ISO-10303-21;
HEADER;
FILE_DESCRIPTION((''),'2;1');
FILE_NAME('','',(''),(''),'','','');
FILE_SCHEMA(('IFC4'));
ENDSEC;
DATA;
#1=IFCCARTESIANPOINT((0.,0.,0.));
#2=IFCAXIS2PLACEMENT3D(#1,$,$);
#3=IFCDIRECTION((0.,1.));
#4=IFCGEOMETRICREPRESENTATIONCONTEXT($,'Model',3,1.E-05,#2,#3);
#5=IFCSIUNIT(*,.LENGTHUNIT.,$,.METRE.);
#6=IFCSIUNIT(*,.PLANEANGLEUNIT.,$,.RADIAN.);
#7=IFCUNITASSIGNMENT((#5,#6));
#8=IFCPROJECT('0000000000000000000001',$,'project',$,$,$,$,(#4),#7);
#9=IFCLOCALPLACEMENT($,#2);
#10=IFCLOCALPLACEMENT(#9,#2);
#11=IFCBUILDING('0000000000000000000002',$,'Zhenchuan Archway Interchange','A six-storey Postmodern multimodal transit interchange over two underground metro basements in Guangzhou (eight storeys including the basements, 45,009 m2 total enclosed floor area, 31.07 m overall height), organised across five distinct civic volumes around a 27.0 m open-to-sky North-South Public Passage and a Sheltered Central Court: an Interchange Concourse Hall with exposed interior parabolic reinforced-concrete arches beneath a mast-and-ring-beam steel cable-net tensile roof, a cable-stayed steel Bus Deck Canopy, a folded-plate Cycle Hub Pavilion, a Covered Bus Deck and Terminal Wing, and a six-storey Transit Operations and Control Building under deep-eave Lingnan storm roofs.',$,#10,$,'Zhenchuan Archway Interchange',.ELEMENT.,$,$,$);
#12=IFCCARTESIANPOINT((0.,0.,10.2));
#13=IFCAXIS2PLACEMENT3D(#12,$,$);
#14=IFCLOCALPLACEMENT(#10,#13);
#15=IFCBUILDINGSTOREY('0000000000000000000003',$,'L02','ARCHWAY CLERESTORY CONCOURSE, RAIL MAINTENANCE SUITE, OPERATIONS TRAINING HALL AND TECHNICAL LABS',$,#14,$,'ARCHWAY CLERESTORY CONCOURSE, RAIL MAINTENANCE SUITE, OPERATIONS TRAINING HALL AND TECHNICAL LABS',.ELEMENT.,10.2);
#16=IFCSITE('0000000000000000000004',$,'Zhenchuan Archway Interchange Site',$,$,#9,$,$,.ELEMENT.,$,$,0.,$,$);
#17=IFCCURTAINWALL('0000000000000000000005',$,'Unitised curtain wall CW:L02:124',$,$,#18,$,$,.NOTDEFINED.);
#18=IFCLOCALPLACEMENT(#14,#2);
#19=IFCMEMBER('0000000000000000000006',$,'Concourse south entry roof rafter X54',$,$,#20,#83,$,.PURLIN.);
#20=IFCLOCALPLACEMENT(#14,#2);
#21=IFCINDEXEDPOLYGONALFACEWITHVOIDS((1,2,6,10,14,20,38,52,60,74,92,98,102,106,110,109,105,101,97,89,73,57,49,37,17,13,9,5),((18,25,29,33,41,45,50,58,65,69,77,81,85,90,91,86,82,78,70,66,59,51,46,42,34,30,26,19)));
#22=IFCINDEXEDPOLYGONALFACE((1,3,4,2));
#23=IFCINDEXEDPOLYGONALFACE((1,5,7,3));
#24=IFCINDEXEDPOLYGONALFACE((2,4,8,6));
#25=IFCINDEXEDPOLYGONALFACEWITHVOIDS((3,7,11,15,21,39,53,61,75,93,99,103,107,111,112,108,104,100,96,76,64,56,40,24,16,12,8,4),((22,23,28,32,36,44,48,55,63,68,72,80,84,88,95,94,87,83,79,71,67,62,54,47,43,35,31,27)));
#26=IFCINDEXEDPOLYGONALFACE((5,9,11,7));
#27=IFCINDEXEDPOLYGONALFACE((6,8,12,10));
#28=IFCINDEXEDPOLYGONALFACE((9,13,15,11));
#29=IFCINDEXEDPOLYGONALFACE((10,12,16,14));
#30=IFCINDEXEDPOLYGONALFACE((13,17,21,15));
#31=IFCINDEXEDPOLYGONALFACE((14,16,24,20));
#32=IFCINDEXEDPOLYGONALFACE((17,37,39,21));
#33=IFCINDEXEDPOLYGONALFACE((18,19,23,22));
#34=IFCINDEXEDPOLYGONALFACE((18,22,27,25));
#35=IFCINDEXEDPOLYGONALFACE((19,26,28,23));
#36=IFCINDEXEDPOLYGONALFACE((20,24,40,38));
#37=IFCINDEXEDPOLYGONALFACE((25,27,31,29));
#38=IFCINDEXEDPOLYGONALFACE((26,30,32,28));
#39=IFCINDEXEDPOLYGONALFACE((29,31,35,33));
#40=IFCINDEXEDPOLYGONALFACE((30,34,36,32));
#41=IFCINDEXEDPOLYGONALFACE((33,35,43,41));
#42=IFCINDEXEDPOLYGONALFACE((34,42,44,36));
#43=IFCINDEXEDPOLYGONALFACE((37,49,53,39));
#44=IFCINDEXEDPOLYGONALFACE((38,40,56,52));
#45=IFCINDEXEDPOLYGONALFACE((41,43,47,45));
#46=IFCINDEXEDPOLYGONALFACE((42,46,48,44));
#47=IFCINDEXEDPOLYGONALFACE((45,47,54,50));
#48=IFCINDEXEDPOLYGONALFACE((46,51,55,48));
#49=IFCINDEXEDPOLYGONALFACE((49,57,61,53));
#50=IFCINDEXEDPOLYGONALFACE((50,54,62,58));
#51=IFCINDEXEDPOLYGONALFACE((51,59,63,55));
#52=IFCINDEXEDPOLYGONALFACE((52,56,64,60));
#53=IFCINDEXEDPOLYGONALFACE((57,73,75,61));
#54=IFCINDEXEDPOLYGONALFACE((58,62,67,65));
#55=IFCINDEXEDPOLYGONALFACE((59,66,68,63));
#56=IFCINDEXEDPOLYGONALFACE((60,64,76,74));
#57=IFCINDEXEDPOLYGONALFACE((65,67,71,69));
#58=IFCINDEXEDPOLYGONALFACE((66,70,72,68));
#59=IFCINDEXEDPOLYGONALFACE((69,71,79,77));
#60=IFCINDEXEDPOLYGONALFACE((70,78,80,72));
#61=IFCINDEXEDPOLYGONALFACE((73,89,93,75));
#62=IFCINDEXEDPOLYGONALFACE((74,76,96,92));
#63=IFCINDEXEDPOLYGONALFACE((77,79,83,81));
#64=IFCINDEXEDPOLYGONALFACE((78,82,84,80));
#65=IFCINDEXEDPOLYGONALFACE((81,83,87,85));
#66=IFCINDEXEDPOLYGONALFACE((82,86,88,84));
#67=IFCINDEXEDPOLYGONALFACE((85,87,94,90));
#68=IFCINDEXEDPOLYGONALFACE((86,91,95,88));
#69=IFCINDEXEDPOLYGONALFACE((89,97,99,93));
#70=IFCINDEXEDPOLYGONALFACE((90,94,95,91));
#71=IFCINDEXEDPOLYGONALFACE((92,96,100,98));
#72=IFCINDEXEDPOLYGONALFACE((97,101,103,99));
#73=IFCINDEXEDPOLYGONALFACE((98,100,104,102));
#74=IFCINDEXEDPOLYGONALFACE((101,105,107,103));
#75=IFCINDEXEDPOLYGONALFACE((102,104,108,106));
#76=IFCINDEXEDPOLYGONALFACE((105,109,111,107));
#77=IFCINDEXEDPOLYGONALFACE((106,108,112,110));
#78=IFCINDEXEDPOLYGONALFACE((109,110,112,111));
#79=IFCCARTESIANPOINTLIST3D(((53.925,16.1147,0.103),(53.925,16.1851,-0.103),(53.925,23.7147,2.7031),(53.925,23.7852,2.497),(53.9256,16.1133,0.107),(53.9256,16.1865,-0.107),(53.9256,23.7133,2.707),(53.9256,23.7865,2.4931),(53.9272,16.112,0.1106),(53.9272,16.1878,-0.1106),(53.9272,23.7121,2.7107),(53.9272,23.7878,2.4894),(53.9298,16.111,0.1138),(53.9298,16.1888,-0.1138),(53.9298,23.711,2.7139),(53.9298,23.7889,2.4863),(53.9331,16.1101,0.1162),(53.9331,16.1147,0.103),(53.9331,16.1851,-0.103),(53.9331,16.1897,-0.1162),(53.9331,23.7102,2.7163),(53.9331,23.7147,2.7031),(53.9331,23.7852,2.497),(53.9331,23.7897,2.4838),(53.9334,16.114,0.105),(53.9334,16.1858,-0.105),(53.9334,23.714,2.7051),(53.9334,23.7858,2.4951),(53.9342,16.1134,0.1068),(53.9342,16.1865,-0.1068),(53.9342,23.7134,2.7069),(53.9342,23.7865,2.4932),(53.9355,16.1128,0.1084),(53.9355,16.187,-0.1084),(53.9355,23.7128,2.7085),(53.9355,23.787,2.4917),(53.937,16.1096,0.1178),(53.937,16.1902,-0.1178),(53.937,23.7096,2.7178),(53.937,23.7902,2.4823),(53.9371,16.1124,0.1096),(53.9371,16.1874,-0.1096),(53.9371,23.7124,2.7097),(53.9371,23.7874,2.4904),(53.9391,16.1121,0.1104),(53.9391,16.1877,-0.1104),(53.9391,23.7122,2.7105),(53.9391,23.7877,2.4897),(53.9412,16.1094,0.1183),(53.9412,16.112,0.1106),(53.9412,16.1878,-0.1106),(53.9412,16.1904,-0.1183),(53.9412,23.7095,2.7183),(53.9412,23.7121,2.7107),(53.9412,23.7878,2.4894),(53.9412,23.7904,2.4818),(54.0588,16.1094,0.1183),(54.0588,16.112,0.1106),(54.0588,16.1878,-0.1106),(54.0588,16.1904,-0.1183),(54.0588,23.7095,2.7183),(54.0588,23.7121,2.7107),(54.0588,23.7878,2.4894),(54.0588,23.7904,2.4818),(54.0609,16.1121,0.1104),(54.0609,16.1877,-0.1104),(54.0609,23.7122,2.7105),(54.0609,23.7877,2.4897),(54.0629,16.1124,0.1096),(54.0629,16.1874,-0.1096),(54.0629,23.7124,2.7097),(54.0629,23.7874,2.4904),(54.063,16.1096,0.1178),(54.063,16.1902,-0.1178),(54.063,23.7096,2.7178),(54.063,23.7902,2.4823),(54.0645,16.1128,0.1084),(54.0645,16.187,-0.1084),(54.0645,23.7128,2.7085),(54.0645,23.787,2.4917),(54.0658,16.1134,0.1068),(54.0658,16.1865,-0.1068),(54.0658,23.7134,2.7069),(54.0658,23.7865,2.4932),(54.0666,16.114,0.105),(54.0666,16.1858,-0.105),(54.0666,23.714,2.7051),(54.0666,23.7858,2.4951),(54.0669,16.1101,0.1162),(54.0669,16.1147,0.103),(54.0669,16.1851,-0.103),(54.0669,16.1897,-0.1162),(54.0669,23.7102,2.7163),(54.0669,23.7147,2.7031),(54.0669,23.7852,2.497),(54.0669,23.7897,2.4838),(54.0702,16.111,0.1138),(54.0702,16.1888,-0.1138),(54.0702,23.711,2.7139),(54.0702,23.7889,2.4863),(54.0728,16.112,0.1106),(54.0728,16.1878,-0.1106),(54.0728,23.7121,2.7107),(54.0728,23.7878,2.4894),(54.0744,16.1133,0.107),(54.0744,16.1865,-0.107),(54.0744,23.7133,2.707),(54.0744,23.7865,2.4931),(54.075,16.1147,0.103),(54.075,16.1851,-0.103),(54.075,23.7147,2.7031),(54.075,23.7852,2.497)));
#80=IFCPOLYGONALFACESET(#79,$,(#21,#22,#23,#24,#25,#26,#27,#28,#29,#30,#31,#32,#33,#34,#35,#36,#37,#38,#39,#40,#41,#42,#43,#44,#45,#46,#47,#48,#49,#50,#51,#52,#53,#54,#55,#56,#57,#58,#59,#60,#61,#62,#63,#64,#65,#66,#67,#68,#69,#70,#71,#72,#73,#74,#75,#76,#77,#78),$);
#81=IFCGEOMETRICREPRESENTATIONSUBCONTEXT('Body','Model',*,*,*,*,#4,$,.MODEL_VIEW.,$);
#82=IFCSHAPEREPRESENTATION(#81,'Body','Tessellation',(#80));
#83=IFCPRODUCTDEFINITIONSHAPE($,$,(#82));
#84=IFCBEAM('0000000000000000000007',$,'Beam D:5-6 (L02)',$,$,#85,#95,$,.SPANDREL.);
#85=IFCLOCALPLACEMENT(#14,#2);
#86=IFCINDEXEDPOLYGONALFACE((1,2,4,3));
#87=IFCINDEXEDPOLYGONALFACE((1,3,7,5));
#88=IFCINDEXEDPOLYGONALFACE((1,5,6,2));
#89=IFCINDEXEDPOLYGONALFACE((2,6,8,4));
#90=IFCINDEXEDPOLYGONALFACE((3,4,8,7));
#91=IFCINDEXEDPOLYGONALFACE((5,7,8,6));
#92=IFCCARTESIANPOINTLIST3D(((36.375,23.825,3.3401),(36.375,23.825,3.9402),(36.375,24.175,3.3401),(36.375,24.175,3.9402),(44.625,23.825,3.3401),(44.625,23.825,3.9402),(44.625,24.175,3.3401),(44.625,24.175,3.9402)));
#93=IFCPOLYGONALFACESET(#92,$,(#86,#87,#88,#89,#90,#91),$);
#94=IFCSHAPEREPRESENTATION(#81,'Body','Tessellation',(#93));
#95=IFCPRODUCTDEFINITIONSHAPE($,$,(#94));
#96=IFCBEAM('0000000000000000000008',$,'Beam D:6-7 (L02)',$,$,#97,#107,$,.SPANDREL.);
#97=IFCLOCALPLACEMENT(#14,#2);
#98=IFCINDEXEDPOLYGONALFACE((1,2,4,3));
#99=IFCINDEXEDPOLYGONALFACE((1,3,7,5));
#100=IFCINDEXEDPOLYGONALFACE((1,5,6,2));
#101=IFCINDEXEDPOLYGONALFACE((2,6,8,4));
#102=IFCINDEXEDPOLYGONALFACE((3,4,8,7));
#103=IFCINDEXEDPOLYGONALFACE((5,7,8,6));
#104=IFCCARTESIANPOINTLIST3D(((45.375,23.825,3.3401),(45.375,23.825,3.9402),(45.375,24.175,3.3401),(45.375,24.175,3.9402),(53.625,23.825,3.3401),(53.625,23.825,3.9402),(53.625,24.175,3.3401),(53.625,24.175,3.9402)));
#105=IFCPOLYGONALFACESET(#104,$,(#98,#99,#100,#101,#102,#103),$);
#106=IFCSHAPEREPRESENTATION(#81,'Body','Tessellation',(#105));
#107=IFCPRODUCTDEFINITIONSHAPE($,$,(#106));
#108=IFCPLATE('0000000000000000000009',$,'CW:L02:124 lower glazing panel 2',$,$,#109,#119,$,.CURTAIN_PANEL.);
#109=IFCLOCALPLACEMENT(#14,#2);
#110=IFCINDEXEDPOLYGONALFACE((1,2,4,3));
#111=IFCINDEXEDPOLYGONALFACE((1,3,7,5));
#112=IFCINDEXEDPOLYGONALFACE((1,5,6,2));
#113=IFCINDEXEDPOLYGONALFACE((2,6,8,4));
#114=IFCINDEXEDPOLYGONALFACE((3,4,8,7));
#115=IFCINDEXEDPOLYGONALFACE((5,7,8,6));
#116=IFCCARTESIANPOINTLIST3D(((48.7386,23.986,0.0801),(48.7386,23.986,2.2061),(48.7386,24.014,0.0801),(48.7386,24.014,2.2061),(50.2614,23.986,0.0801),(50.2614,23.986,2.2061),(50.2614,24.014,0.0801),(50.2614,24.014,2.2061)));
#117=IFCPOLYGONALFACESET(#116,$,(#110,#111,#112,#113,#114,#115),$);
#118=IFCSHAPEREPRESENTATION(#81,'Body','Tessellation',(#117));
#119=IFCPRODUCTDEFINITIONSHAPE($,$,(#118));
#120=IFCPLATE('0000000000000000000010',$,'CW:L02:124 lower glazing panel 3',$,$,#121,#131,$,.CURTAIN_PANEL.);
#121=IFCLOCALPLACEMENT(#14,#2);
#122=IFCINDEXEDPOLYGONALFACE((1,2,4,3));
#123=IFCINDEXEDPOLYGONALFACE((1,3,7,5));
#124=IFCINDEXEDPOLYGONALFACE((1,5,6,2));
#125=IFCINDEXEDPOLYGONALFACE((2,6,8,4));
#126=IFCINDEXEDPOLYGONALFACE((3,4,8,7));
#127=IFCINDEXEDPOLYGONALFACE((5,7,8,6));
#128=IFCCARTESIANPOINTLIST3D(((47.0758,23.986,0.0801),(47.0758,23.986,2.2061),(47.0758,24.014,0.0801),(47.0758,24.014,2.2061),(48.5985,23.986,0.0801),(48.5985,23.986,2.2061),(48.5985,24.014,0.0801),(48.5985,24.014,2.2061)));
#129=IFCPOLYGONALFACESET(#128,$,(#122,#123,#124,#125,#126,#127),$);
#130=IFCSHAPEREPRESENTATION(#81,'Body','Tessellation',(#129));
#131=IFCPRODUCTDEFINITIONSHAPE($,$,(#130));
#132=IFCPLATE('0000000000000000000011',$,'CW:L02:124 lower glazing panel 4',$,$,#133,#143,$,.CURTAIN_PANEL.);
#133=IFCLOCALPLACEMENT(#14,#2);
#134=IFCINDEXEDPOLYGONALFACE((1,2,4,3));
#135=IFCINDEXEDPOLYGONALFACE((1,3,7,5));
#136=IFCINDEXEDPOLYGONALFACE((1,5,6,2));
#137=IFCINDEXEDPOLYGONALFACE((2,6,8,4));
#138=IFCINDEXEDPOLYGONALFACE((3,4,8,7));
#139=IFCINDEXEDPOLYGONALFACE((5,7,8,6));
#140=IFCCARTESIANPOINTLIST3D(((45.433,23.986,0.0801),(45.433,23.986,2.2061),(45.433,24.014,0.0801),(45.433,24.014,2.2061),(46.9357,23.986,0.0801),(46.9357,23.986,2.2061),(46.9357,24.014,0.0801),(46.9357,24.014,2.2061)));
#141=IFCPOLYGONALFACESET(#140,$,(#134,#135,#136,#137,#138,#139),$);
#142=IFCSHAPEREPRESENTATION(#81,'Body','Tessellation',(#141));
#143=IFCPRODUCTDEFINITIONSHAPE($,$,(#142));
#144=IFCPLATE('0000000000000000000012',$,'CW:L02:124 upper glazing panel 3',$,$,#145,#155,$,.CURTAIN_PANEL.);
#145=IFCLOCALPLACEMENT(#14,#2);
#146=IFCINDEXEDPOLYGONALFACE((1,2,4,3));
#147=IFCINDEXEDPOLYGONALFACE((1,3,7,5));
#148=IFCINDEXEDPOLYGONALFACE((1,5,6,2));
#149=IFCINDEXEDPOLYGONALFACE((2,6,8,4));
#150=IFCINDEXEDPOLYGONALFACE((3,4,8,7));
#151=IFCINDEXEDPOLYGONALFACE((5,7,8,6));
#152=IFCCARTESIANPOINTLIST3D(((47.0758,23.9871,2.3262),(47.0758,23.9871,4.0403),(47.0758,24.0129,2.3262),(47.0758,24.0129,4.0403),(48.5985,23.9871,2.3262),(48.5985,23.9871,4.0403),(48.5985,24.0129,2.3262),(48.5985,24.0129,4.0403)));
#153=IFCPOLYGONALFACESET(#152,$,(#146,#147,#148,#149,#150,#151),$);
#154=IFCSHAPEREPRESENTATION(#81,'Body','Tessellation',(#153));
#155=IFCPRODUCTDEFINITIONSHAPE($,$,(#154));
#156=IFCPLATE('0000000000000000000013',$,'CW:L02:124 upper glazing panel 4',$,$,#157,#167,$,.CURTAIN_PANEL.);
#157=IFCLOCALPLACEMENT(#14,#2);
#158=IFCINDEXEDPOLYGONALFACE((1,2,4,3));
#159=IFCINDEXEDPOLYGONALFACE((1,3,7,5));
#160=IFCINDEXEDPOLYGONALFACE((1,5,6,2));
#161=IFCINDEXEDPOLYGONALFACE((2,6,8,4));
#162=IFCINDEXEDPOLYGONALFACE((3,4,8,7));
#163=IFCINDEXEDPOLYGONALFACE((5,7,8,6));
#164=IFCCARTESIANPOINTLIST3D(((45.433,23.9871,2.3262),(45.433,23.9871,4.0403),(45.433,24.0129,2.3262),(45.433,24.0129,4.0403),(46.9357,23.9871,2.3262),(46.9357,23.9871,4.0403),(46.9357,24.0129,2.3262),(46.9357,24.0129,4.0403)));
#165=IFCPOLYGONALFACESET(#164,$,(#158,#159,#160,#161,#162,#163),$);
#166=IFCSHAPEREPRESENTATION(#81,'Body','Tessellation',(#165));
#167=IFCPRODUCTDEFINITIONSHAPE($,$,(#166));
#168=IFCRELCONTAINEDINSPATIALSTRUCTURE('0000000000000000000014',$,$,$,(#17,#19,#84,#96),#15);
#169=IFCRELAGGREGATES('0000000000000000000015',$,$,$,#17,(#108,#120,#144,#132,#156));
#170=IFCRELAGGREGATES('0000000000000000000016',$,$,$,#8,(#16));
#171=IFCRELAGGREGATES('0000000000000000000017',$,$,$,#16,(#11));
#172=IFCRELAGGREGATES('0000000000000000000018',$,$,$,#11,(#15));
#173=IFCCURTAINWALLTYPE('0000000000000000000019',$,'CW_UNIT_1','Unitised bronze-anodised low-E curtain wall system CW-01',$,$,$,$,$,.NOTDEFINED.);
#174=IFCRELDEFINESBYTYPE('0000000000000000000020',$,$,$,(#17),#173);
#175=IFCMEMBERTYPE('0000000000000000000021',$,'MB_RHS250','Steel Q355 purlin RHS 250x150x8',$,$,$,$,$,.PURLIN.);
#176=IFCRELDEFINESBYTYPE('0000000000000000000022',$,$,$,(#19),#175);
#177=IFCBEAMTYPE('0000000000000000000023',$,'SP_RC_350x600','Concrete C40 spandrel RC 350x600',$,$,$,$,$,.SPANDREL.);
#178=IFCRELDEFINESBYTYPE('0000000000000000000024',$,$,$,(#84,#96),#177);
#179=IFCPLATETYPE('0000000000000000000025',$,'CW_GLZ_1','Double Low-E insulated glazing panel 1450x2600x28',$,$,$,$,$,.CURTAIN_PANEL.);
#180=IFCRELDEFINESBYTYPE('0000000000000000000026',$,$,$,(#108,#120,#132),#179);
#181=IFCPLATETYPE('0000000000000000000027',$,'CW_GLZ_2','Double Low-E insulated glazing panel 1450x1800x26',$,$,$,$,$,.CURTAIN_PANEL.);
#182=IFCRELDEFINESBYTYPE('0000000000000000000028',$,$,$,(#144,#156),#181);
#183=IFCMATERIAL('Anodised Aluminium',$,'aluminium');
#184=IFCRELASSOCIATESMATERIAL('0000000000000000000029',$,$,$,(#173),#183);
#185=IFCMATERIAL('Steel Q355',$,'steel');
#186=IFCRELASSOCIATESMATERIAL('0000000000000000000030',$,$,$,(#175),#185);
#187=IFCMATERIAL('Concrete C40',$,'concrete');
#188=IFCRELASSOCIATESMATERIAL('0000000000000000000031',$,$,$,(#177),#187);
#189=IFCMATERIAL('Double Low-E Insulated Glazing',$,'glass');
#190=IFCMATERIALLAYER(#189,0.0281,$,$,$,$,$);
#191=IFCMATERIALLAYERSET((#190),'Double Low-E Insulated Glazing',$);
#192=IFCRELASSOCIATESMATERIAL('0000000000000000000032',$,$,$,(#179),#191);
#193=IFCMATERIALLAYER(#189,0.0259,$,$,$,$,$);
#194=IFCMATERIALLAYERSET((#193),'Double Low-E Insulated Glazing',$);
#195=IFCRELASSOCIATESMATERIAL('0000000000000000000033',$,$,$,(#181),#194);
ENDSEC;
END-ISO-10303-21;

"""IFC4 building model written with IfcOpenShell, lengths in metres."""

from ifc_helpers import new_model, si_unit, direction, frame, origin, origin_2d, place, context, subcontext, project, spatial, rectangle, hollow_rectangle, extrude, material, layer, layer_set, material_profile, profile_set, type_object, element, aggregate, save


model = new_model("IFC4")

# Units and contexts
model_context = context("Model", 3, precision=1e-05, world=origin(), true_north=direction((0.0, 1.0)))
body_context = subcontext(model_context, "Body", "Model", "MODEL_VIEW")
ifc_project = project(units=[si_unit("LENGTHUNIT", "METRE"), si_unit("PLANEANGLEUNIT", "RADIAN")], contexts=[model_context])

# Site, building, storey
site_placement = place(None, origin())
site = spatial("IfcSite", under=ifc_project, at=site_placement, Name="Zhenchuan Archway Interchange Site", CompositionType="ELEMENT", RefElevation=0.0)
building_placement = place(site_placement, origin())
building = spatial("IfcBuilding", under=site, at=building_placement, Name="Zhenchuan Archway Interchange", Description="A six-storey Postmodern multimodal transit interchange over two underground metro basements in Guangzhou (eight storeys including the basements, 45,009 m2 total enclosed floor area, 31.07 m overall height), organised across five distinct civic volumes around a 27.0 m open-to-sky North-South Public Passage and a Sheltered Central Court: an Interchange Concourse Hall with exposed interior parabolic reinforced-concrete arches beneath a mast-and-ring-beam steel cable-net tensile roof, a cable-stayed steel Bus Deck Canopy, a folded-plate Cycle Hub Pavilion, a Covered Bus Deck and Terminal Wing, and a six-storey Transit Operations and Control Building under deep-eave Lingnan storm roofs.", LongName="Zhenchuan Archway Interchange", CompositionType="ELEMENT")
storey_placement = place(building_placement, frame((0.0, 0.0, 10.2)))
storey = spatial("IfcBuildingStorey", under=building, at=storey_placement, Name="L02", Description="ARCHWAY CLERESTORY CONCOURSE, RAIL MAINTENANCE SUITE, OPERATIONS TRAINING HALL AND TECHNICAL LABS", LongName="ARCHWAY CLERESTORY CONCOURSE, RAIL MAINTENANCE SUITE, OPERATIONS TRAINING HALL AND TECHNICAL LABS", CompositionType="ELEMENT", Elevation=10.2)

# Shared definitions
ifc_material_1 = material(Name="Concrete C40", Category="concrete")

# Curtain wall
ifc_material_2 = material(Name="Anodised Aluminium", Category="aluminium")
curtain_wall_type = type_object("IfcCurtainWallType", Name="CW_UNIT_1", Description="Unitised bronze-anodised low-E curtain wall system CW-01", PredefinedType="NOTDEFINED", material=ifc_material_2)
curtain_wall_placement = place(storey_placement, origin())
curtain_wall = element("IfcCurtainWall", 1, at=curtain_wall_placement, inside=storey, type_object=curtain_wall_type, Name="Unitised curtain wall CW:L02:124", PredefinedType="NOTDEFINED")

# Member
ifc_material_3 = material(Name="Steel Q355", Category="steel")
ifc_material_profile_1 = material_profile(ifc_material_3, hollow_rectangle(XDim=0.1499, YDim=0.25, WallThickness=0.0081, InnerFilletRadius=0.0081, OuterFilletRadius=0.0161, at=origin_2d()), Name="RHS 250x150x8")
ifc_profile_set_1 = profile_set([ifc_material_profile_1], Name="Steel Q355")
member_type_1 = type_object("IfcMemberType", Name="MB_RHS250", Description="Steel Q355 purlin RHS 250x150x8", PredefinedType="PURLIN", material=ifc_profile_set_1)
for number, where, z_axis, x_axis, name in (
    (2, (54.0, 16.1499, 0.0), (0.0, 0.946162, 0.323695), (-1.0, 0.0, 0.0), "Concourse south entry roof rafter X54"),
):
    element("IfcMember", number, at=place(storey_placement, frame(where, z_axis=z_axis, x_axis=x_axis)), inside=storey, type_object=member_type_1, Name=name, PredefinedType="PURLIN", context=body_context, shape_type="SweptSolid", body=[
        extrude(hollow_rectangle(XDim=0.1499, YDim=0.25, WallThickness=0.0081, InnerFilletRadius=0.0081, OuterFilletRadius=0.0161, at=origin_2d()), origin(), (0.0, 0.0, 1.0), 8.0325),
    ])

# Beams
ifc_material_profile_2 = material_profile(ifc_material_1, rectangle(XDim=0.3501, YDim=0.6001, at=origin_2d()), Name="RC 350x600")
ifc_profile_set_2 = profile_set([ifc_material_profile_2], Name="Concrete C40")
beam_type = type_object("IfcBeamType", Name="SP_RC_350x600", Description="Concrete C40 spandrel RC 350x600", PredefinedType="SPANDREL", material=ifc_profile_set_2)
for number, where, z_axis, x_axis, name in (
    (3, (36.375, 24.0, 3.6401), (1.0, 0.0, 0.0), (0.0, 1.0, 0.0), "Beam D:5-6 (L02)"),
    (4, (45.375, 24.0, 3.6401), (1.0, 0.0, 0.0), (0.0, 1.0, 0.0), "Beam D:6-7 (L02)"),
):
    element("IfcBeam", number, at=place(storey_placement, frame(where, z_axis=z_axis, x_axis=x_axis)), inside=storey, type_object=beam_type, Name=name, PredefinedType="SPANDREL", context=body_context, shape_type="SweptSolid", body=[
        extrude(rectangle(XDim=0.3501, YDim=0.6001, at=origin_2d()), origin(), (0.0, 0.0, 1.0), 8.25),
    ])

# Plates
ifc_material_4 = material(Name="Double Low-E Insulated Glazing", Category="glass")
ifc_layer_1 = layer(ifc_material_4, 0.0281)
ifc_layer_set_1 = layer_set([ifc_layer_1], Name="Double Low-E Insulated Glazing")
plate_type_1 = type_object("IfcPlateType", Name="CW_GLZ_1", Description="Double Low-E insulated glazing panel 1450x2600x28", PredefinedType="CURTAIN_PANEL", material=ifc_layer_set_1)
plate_1_placement = place(storey_placement, frame((49.5, 24.0, 0.0801), z_axis=(0.0, 0.0, 1.0), x_axis=(-1.0, 0.0, 0.0)))
plate_1 = element("IfcPlate", 5, at=plate_1_placement, type_object=plate_type_1, Name="CW:L02:124 lower glazing panel 2", PredefinedType="CURTAIN_PANEL", context=body_context, shape_type="SweptSolid", body=[
    extrude(rectangle(XDim=1.5227, YDim=0.0281, at=origin_2d()), origin(), (0.0, 0.0, 1.0), 2.126),
])
plate_2_placement = place(storey_placement, frame((47.8372, 24.0, 0.0801), z_axis=(0.0, 0.0, 1.0), x_axis=(-1.0, 0.0, 0.0)))
plate_2 = element("IfcPlate", 6, at=plate_2_placement, type_object=plate_type_1, Name="CW:L02:124 lower glazing panel 3", PredefinedType="CURTAIN_PANEL", context=body_context, shape_type="SweptSolid", body=[
    extrude(rectangle(XDim=1.5227, YDim=0.0281, at=origin_2d()), origin(), (0.0, 0.0, 1.0), 2.126),
])
plate_3_placement = place(storey_placement, frame((46.1843, 24.0, 0.0801), z_axis=(0.0, 0.0, 1.0), x_axis=(-1.0, 0.0, 0.0)))
plate_3 = element("IfcPlate", 7, at=plate_3_placement, type_object=plate_type_1, Name="CW:L02:124 lower glazing panel 4", PredefinedType="CURTAIN_PANEL", context=body_context, shape_type="SweptSolid", body=[
    extrude(rectangle(XDim=1.5027, YDim=0.0281, at=origin_2d()), origin(), (0.0, 0.0, 1.0), 2.126),
])
ifc_layer_2 = layer(ifc_material_4, 0.0259)
ifc_layer_set_2 = layer_set([ifc_layer_2], Name="Double Low-E Insulated Glazing")
plate_type_2 = type_object("IfcPlateType", Name="CW_GLZ_2", Description="Double Low-E insulated glazing panel 1450x1800x26", PredefinedType="CURTAIN_PANEL", material=ifc_layer_set_2)
plate_4_placement = place(storey_placement, frame((47.8372, 24.0, 2.3262), z_axis=(0.0, 0.0, 1.0), x_axis=(-1.0, 0.0, 0.0)))
plate_4 = element("IfcPlate", 8, at=plate_4_placement, type_object=plate_type_2, Name="CW:L02:124 upper glazing panel 3", PredefinedType="CURTAIN_PANEL", context=body_context, shape_type="SweptSolid", body=[
    extrude(rectangle(XDim=1.5227, YDim=0.0259, at=origin_2d()), origin(), (0.0, 0.0, 1.0), 1.7141),
])
plate_5_placement = place(storey_placement, frame((46.1843, 24.0, 2.3262), z_axis=(0.0, 0.0, 1.0), x_axis=(-1.0, 0.0, 0.0)))
plate_5 = element("IfcPlate", 9, at=plate_5_placement, type_object=plate_type_2, Name="CW:L02:124 upper glazing panel 4", PredefinedType="CURTAIN_PANEL", context=body_context, shape_type="SweptSolid", body=[
    extrude(rectangle(XDim=1.5027, YDim=0.0259, at=origin_2d()), origin(), (0.0, 0.0, 1.0), 1.7141),
])
aggregate(curtain_wall, [plate_1, plate_2, plate_4, plate_3, plate_5])

save(model, "model.ifc")
